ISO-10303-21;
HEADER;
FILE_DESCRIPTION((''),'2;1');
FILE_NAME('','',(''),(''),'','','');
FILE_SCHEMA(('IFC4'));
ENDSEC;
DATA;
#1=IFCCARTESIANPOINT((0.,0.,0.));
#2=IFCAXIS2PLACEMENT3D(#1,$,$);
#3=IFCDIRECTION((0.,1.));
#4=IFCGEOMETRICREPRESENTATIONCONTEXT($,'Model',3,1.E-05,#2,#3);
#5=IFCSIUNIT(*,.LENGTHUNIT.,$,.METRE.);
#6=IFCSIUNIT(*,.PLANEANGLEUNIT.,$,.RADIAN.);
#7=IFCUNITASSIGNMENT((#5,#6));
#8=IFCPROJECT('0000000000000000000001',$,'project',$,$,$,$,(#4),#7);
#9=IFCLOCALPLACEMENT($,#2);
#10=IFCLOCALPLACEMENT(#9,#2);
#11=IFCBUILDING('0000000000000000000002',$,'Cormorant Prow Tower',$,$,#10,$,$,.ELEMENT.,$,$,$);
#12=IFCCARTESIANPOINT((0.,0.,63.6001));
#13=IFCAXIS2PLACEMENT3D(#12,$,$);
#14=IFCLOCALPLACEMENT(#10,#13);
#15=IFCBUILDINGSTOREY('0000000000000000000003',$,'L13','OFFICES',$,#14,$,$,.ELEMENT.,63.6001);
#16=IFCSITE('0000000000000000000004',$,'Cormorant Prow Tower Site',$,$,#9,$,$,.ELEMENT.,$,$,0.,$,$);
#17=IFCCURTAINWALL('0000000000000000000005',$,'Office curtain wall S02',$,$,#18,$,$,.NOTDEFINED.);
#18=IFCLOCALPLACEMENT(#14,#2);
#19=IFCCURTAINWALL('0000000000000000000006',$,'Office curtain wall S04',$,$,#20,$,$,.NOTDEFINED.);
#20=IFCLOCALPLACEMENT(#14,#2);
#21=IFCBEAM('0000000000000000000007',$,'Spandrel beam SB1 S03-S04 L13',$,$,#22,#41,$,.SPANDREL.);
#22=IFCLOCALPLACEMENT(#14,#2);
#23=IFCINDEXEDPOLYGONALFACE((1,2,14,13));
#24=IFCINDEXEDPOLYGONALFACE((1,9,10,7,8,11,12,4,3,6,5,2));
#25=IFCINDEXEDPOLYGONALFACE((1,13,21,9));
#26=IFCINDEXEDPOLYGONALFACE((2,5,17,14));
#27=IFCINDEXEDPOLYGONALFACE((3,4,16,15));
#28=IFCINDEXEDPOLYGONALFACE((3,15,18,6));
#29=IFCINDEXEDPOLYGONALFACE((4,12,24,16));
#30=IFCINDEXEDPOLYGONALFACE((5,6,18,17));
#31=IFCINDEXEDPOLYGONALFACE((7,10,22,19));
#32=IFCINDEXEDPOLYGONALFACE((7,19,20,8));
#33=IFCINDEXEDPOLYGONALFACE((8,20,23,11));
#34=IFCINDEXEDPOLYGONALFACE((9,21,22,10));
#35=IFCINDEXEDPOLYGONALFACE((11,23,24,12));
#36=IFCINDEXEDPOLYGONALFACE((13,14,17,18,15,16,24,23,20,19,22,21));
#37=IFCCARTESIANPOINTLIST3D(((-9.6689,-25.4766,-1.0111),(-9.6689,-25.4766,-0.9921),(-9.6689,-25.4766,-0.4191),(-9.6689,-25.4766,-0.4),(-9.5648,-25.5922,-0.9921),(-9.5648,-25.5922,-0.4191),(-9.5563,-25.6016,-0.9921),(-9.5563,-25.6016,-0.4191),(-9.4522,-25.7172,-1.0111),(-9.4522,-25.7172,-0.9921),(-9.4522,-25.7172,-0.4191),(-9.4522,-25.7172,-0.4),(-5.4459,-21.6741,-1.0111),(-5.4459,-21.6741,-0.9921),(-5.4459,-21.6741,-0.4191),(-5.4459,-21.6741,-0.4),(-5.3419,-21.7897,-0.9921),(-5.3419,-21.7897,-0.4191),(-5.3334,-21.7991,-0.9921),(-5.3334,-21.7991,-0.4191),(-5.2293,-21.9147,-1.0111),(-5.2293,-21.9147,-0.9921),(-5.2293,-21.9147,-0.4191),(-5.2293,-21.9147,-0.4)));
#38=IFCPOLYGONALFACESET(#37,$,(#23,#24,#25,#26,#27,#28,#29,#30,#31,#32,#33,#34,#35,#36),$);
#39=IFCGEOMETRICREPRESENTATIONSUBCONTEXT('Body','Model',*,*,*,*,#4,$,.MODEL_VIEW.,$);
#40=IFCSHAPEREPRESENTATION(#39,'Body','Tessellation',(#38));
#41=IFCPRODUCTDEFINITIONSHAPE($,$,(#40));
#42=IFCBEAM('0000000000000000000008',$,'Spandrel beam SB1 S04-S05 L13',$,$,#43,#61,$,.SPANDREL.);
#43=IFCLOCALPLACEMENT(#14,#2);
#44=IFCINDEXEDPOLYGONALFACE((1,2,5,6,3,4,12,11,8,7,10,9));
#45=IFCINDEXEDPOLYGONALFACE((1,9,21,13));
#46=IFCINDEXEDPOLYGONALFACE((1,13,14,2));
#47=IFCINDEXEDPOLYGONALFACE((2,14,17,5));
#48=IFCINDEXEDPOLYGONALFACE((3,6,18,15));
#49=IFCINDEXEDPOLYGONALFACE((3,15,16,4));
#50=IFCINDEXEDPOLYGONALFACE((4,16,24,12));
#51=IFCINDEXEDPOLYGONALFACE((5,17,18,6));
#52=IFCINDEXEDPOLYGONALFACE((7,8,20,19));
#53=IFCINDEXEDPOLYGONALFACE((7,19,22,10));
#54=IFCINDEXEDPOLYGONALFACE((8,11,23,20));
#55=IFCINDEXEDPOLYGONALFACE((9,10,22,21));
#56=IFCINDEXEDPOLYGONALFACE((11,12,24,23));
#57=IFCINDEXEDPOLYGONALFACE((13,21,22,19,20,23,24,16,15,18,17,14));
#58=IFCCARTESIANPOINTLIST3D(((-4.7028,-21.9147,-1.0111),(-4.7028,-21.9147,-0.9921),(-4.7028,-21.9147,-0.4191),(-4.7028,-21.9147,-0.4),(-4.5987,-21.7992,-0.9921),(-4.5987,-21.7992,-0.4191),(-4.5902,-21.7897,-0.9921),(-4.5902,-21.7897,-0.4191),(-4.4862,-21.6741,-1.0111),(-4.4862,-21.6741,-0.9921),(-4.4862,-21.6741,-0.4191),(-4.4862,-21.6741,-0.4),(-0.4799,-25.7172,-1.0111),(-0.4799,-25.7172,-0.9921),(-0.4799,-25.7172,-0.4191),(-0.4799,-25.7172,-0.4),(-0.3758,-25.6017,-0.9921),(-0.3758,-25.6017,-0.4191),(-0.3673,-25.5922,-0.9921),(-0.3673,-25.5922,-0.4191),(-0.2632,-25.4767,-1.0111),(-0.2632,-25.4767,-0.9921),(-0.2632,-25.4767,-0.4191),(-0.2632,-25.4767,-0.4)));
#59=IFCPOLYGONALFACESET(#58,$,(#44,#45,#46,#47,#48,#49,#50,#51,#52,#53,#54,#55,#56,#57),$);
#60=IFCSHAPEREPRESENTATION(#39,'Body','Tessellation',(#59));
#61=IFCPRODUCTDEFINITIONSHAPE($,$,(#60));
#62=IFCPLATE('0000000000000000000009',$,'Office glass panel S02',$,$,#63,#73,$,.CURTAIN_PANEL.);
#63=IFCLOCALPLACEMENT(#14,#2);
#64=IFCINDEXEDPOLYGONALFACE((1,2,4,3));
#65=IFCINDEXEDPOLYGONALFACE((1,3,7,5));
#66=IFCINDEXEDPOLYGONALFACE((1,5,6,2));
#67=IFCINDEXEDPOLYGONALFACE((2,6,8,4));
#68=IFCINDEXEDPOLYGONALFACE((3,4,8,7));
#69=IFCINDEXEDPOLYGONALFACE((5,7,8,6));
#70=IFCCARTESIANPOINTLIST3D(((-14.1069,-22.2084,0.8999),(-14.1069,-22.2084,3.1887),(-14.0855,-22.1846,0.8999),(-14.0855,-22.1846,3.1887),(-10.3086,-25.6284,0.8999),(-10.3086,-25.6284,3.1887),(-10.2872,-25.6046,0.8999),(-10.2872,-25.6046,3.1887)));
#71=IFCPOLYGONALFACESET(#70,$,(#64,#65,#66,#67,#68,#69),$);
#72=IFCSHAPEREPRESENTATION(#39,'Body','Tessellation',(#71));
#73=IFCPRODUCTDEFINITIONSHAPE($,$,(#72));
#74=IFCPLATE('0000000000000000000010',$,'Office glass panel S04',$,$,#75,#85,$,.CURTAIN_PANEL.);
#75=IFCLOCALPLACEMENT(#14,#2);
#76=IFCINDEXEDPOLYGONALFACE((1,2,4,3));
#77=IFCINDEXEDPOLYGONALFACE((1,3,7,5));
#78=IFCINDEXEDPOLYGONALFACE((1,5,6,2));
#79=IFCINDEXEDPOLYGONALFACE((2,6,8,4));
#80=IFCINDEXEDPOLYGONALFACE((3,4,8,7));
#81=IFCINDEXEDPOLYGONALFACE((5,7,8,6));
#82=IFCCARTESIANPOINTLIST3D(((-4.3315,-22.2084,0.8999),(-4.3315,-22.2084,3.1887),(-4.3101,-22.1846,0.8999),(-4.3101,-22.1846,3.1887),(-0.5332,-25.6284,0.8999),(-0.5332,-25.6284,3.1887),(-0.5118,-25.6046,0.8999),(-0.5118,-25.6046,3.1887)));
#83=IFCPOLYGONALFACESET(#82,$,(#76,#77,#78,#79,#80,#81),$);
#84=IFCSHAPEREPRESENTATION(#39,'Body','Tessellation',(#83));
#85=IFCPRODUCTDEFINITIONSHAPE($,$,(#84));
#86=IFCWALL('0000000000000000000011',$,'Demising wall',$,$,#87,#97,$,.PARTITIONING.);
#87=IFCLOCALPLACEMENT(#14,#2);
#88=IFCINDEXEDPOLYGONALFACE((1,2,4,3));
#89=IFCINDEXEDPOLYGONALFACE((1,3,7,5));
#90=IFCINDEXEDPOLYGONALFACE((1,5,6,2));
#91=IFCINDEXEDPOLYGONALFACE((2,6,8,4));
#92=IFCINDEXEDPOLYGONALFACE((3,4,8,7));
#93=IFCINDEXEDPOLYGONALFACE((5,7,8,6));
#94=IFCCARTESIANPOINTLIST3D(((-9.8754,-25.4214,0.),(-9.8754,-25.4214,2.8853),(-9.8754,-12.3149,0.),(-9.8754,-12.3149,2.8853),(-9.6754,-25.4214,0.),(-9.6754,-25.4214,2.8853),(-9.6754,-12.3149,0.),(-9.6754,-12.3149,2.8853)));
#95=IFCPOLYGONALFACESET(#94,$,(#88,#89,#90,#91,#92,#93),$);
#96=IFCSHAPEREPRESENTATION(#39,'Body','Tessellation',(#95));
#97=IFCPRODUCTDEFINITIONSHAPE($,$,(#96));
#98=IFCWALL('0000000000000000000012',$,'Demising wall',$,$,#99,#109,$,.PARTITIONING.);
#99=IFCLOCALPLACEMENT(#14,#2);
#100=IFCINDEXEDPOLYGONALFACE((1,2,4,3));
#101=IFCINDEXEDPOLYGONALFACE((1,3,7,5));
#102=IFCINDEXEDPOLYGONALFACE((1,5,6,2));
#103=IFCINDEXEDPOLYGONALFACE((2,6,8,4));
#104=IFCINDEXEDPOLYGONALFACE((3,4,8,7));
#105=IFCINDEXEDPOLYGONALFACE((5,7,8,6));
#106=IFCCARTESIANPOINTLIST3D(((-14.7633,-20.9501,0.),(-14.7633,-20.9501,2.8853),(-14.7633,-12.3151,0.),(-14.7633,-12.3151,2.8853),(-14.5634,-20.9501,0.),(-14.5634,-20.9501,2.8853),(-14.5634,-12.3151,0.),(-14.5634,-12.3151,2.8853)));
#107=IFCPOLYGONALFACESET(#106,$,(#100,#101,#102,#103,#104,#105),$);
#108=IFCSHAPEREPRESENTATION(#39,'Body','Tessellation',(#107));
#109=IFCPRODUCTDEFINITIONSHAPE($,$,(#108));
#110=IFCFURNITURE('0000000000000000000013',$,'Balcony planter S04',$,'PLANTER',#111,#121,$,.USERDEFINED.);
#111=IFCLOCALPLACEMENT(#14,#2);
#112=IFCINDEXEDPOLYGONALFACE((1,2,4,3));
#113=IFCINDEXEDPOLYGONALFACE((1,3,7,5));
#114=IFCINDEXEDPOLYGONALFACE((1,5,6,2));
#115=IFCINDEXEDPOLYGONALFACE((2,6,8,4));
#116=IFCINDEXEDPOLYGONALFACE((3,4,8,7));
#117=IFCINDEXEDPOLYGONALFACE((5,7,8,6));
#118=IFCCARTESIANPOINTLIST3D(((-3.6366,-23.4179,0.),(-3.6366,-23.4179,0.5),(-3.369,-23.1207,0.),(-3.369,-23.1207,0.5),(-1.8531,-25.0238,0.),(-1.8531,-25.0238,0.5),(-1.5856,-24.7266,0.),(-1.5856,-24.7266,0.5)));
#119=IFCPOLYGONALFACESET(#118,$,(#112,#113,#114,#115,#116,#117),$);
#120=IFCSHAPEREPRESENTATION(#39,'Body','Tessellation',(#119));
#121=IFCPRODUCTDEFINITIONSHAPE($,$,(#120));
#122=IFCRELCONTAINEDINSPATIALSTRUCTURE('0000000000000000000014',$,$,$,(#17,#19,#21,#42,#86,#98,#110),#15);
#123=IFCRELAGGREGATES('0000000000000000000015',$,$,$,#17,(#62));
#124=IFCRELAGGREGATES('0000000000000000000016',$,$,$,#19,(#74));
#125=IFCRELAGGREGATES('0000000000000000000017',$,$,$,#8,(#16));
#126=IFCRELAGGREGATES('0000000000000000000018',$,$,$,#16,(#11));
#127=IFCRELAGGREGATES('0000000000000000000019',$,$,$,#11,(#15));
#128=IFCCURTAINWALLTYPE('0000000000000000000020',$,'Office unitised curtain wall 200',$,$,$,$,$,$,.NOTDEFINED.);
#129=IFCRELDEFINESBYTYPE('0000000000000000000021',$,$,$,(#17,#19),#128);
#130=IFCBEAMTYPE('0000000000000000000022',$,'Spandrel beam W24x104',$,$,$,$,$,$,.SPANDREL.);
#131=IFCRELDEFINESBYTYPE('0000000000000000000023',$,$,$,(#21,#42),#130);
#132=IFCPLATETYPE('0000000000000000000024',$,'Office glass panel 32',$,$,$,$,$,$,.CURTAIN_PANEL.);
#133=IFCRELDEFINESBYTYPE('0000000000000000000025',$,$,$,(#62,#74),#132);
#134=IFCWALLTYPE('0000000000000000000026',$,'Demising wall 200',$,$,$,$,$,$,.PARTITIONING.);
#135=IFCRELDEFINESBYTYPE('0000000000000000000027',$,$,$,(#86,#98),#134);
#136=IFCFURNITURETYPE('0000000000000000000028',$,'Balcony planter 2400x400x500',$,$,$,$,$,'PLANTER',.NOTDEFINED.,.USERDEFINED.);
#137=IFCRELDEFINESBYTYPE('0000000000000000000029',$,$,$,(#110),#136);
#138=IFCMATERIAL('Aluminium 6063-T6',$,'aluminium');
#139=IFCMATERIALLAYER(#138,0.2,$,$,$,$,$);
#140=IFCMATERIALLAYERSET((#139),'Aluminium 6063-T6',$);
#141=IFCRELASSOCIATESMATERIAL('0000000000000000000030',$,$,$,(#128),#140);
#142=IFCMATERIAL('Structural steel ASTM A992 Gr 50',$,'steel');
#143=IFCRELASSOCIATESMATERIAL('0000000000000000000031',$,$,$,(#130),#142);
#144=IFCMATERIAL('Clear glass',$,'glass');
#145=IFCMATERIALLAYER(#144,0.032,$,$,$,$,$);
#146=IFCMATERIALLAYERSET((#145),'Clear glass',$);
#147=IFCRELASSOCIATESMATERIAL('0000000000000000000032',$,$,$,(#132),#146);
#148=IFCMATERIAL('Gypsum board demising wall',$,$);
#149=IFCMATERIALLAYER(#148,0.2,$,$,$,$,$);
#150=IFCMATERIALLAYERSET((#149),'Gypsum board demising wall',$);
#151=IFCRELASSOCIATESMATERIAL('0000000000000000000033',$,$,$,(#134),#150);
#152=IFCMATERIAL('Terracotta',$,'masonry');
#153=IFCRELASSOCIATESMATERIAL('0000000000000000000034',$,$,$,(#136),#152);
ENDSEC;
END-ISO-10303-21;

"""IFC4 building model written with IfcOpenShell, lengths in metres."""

from ifc_helpers import new_model, si_unit, direction, frame, frame_2d, origin, origin_2d, place, context, subcontext, project, spatial, rectangle, i_section, extrude, material, layer, layer_set, material_profile, profile_set, type_object, element, aggregate, save


model = new_model("IFC4")

# Units and contexts
model_context = context("Model", 3, precision=1e-05, world=origin(), true_north=direction((0.0, 1.0)))
body_context = subcontext(model_context, "Body", "Model", "MODEL_VIEW")
ifc_project = project(units=[si_unit("LENGTHUNIT", "METRE"), si_unit("PLANEANGLEUNIT", "RADIAN")], contexts=[model_context])

# Site, building, storey
site_placement = place(None, origin())
site = spatial("IfcSite", under=ifc_project, at=site_placement, Name="Cormorant Prow Tower Site", CompositionType="ELEMENT", RefElevation=0.0)
building_placement = place(site_placement, origin())
building = spatial("IfcBuilding", under=site, at=building_placement, Name="Cormorant Prow Tower", CompositionType="ELEMENT")
storey_placement = place(building_placement, frame((0.0, 0.0, 63.6001)))
storey = spatial("IfcBuildingStorey", under=building, at=storey_placement, Name="L13", Description="OFFICES", CompositionType="ELEMENT", Elevation=63.6001)

# Curtain walls
ifc_material_1 = material(Name="Aluminium 6063-T6", Category="aluminium")
ifc_layer_1 = layer(ifc_material_1, 0.2)
ifc_layer_set_1 = layer_set([ifc_layer_1], Name="Aluminium 6063-T6")
curtain_wall_type = type_object("IfcCurtainWallType", Name="Office unitised curtain wall 200", PredefinedType="NOTDEFINED", material=ifc_layer_set_1)
curtain_wall_1_placement = place(storey_placement, origin())
curtain_wall_1 = element("IfcCurtainWall", 1, at=curtain_wall_1_placement, inside=storey, type_object=curtain_wall_type, Name="Office curtain wall S02", PredefinedType="NOTDEFINED")
curtain_wall_2_placement = place(storey_placement, origin())
curtain_wall_2 = element("IfcCurtainWall", 2, at=curtain_wall_2_placement, inside=storey, type_object=curtain_wall_type, Name="Office curtain wall S04", PredefinedType="NOTDEFINED")

# Beams
ifc_material_2 = material(Name="Structural steel ASTM A992 Gr 50", Category="steel")
ifc_material_profile_1 = material_profile(ifc_material_2, i_section(OverallWidth=0.3237, OverallDepth=0.6111, WebThickness=0.0127, FlangeThickness=0.019, at=origin_2d()), Name="W24x104")
ifc_profile_set_1 = profile_set([ifc_material_profile_1], Name="Structural steel ASTM A992 Gr 50")
beam_type_1 = type_object("IfcBeamType", Name="Spandrel beam W24x104", PredefinedType="SPANDREL", material=ifc_profile_set_1)
for number, where, z_axis, x_axis, name in (
    (3, (-9.5605, -25.5969, -0.7056), (0.74313, 0.669147, 0.0), (-0.669147, 0.74313, 0.0), "Spandrel beam SB1 S03-S04 L13"),
    (4, (-4.5945, -21.7944, -0.7056), (0.74313, -0.669147, 0.0), (0.669147, 0.74313, 0.0), "Spandrel beam SB1 S04-S05 L13"),
):
    element("IfcBeam", number, at=place(storey_placement, frame(where, z_axis=z_axis, x_axis=x_axis)), inside=storey, type_object=beam_type_1, Name=name, PredefinedType="SPANDREL", context=body_context, shape_type="SweptSolid", body=[
        extrude(i_section(OverallWidth=0.3237, OverallDepth=0.6111, WebThickness=0.0127, FlangeThickness=0.019, at=origin_2d()), origin(), (0.0, 0.0, 1.0), 5.6826),
    ])

# Plates
ifc_material_3 = material(Name="Clear glass", Category="glass")
ifc_layer_2 = layer(ifc_material_3, 0.032)
ifc_layer_set_2 = layer_set([ifc_layer_2], Name="Clear glass")
plate_type = type_object("IfcPlateType", Name="Office glass panel 32", PredefinedType="CURTAIN_PANEL", material=ifc_layer_set_2)
plate_1_placement = place(storey_placement, frame((-12.197, -23.9065, 0.8999), z_axis=(0.0, 0.0, 1.0), x_axis=(0.743145, -0.669131, 0.0)))
plate_1 = element("IfcPlate", 5, at=plate_1_placement, type_object=plate_type, Name="Office glass panel S02", PredefinedType="CURTAIN_PANEL", context=body_context, shape_type="SweptSolid", body=[
    extrude(rectangle(XDim=5.1111, YDim=0.032, at=origin_2d()), origin(), (0.0, 0.0, 1.0), 2.2888),
])
aggregate(curtain_wall_1, [plate_1])
plate_2_placement = place(storey_placement, frame((-2.4216, -23.9065, 0.8999), z_axis=(0.0, 0.0, 1.0), x_axis=(0.743145, -0.669131, 0.0)))
plate_2 = element("IfcPlate", 6, at=plate_2_placement, type_object=plate_type, Name="Office glass panel S04", PredefinedType="CURTAIN_PANEL", context=body_context, shape_type="SweptSolid", body=[
    extrude(rectangle(XDim=5.1111, YDim=0.032, at=origin_2d()), origin(), (0.0, 0.0, 1.0), 2.2888),
])
aggregate(curtain_wall_2, [plate_2])

# Walls
ifc_material_4 = material(Name="Gypsum board demising wall")
ifc_layer_3 = layer(ifc_material_4, 0.2)
ifc_layer_set_3 = layer_set([ifc_layer_3], Name="Gypsum board demising wall")
wall_type_1 = type_object("IfcWallType", Name="Demising wall 200", PredefinedType="PARTITIONING", material=ifc_layer_set_3)
wall_1_placement = place(storey_placement, frame((-9.7754, -25.4214, 0.0), z_axis=(0.0, 0.0, 1.0), x_axis=(0.0, 1.0, 0.0)))
element("IfcWall", 7, at=wall_1_placement, inside=storey, type_object=wall_type_1, Name="Demising wall", PredefinedType="PARTITIONING", context=body_context, shape_type="SweptSolid", body=[
    extrude(rectangle(XDim=13.1064, YDim=0.2, at=frame_2d((6.5532, 0.0))), origin(), (0.0, 0.0, 1.0), 2.8853),
])
wall_2_placement = place(storey_placement, frame((-14.6633, -20.95, 0.0), z_axis=(0.0, 0.0, 1.0), x_axis=(0.0, 1.0, 0.0)))
element("IfcWall", 8, at=wall_2_placement, inside=storey, type_object=wall_type_1, Name="Demising wall", PredefinedType="PARTITIONING", context=body_context, shape_type="SweptSolid", body=[
    extrude(rectangle(XDim=8.635, YDim=0.2, at=frame_2d((4.3174, 0.0))), origin(), (0.0, 0.0, 1.0), 2.8853),
])

# Furniture
ifc_material_5 = material(Name="Terracotta", Category="masonry")
furniture_type = type_object("IfcFurnitureType", Name="Balcony planter 2400x400x500", ElementType="PLANTER", AssemblyPlace="NOTDEFINED", PredefinedType="USERDEFINED", material=ifc_material_5)
furniture_placement = place(storey_placement, frame((-2.6111, -24.0723, 0.0), z_axis=(0.0, 0.0, 1.0), x_axis=(0.743145, -0.669131, 0.0)))
element("IfcFurniture", 9, at=furniture_placement, inside=storey, type_object=furniture_type, Name="Balcony planter S04", ObjectType="PLANTER", PredefinedType="USERDEFINED", context=body_context, shape_type="SweptSolid", body=[
    extrude(rectangle(XDim=2.3999, YDim=0.3999, at=origin_2d()), origin(), (0.0, 0.0, 1.0), 0.5),
])

save(model, "model.ifc")
